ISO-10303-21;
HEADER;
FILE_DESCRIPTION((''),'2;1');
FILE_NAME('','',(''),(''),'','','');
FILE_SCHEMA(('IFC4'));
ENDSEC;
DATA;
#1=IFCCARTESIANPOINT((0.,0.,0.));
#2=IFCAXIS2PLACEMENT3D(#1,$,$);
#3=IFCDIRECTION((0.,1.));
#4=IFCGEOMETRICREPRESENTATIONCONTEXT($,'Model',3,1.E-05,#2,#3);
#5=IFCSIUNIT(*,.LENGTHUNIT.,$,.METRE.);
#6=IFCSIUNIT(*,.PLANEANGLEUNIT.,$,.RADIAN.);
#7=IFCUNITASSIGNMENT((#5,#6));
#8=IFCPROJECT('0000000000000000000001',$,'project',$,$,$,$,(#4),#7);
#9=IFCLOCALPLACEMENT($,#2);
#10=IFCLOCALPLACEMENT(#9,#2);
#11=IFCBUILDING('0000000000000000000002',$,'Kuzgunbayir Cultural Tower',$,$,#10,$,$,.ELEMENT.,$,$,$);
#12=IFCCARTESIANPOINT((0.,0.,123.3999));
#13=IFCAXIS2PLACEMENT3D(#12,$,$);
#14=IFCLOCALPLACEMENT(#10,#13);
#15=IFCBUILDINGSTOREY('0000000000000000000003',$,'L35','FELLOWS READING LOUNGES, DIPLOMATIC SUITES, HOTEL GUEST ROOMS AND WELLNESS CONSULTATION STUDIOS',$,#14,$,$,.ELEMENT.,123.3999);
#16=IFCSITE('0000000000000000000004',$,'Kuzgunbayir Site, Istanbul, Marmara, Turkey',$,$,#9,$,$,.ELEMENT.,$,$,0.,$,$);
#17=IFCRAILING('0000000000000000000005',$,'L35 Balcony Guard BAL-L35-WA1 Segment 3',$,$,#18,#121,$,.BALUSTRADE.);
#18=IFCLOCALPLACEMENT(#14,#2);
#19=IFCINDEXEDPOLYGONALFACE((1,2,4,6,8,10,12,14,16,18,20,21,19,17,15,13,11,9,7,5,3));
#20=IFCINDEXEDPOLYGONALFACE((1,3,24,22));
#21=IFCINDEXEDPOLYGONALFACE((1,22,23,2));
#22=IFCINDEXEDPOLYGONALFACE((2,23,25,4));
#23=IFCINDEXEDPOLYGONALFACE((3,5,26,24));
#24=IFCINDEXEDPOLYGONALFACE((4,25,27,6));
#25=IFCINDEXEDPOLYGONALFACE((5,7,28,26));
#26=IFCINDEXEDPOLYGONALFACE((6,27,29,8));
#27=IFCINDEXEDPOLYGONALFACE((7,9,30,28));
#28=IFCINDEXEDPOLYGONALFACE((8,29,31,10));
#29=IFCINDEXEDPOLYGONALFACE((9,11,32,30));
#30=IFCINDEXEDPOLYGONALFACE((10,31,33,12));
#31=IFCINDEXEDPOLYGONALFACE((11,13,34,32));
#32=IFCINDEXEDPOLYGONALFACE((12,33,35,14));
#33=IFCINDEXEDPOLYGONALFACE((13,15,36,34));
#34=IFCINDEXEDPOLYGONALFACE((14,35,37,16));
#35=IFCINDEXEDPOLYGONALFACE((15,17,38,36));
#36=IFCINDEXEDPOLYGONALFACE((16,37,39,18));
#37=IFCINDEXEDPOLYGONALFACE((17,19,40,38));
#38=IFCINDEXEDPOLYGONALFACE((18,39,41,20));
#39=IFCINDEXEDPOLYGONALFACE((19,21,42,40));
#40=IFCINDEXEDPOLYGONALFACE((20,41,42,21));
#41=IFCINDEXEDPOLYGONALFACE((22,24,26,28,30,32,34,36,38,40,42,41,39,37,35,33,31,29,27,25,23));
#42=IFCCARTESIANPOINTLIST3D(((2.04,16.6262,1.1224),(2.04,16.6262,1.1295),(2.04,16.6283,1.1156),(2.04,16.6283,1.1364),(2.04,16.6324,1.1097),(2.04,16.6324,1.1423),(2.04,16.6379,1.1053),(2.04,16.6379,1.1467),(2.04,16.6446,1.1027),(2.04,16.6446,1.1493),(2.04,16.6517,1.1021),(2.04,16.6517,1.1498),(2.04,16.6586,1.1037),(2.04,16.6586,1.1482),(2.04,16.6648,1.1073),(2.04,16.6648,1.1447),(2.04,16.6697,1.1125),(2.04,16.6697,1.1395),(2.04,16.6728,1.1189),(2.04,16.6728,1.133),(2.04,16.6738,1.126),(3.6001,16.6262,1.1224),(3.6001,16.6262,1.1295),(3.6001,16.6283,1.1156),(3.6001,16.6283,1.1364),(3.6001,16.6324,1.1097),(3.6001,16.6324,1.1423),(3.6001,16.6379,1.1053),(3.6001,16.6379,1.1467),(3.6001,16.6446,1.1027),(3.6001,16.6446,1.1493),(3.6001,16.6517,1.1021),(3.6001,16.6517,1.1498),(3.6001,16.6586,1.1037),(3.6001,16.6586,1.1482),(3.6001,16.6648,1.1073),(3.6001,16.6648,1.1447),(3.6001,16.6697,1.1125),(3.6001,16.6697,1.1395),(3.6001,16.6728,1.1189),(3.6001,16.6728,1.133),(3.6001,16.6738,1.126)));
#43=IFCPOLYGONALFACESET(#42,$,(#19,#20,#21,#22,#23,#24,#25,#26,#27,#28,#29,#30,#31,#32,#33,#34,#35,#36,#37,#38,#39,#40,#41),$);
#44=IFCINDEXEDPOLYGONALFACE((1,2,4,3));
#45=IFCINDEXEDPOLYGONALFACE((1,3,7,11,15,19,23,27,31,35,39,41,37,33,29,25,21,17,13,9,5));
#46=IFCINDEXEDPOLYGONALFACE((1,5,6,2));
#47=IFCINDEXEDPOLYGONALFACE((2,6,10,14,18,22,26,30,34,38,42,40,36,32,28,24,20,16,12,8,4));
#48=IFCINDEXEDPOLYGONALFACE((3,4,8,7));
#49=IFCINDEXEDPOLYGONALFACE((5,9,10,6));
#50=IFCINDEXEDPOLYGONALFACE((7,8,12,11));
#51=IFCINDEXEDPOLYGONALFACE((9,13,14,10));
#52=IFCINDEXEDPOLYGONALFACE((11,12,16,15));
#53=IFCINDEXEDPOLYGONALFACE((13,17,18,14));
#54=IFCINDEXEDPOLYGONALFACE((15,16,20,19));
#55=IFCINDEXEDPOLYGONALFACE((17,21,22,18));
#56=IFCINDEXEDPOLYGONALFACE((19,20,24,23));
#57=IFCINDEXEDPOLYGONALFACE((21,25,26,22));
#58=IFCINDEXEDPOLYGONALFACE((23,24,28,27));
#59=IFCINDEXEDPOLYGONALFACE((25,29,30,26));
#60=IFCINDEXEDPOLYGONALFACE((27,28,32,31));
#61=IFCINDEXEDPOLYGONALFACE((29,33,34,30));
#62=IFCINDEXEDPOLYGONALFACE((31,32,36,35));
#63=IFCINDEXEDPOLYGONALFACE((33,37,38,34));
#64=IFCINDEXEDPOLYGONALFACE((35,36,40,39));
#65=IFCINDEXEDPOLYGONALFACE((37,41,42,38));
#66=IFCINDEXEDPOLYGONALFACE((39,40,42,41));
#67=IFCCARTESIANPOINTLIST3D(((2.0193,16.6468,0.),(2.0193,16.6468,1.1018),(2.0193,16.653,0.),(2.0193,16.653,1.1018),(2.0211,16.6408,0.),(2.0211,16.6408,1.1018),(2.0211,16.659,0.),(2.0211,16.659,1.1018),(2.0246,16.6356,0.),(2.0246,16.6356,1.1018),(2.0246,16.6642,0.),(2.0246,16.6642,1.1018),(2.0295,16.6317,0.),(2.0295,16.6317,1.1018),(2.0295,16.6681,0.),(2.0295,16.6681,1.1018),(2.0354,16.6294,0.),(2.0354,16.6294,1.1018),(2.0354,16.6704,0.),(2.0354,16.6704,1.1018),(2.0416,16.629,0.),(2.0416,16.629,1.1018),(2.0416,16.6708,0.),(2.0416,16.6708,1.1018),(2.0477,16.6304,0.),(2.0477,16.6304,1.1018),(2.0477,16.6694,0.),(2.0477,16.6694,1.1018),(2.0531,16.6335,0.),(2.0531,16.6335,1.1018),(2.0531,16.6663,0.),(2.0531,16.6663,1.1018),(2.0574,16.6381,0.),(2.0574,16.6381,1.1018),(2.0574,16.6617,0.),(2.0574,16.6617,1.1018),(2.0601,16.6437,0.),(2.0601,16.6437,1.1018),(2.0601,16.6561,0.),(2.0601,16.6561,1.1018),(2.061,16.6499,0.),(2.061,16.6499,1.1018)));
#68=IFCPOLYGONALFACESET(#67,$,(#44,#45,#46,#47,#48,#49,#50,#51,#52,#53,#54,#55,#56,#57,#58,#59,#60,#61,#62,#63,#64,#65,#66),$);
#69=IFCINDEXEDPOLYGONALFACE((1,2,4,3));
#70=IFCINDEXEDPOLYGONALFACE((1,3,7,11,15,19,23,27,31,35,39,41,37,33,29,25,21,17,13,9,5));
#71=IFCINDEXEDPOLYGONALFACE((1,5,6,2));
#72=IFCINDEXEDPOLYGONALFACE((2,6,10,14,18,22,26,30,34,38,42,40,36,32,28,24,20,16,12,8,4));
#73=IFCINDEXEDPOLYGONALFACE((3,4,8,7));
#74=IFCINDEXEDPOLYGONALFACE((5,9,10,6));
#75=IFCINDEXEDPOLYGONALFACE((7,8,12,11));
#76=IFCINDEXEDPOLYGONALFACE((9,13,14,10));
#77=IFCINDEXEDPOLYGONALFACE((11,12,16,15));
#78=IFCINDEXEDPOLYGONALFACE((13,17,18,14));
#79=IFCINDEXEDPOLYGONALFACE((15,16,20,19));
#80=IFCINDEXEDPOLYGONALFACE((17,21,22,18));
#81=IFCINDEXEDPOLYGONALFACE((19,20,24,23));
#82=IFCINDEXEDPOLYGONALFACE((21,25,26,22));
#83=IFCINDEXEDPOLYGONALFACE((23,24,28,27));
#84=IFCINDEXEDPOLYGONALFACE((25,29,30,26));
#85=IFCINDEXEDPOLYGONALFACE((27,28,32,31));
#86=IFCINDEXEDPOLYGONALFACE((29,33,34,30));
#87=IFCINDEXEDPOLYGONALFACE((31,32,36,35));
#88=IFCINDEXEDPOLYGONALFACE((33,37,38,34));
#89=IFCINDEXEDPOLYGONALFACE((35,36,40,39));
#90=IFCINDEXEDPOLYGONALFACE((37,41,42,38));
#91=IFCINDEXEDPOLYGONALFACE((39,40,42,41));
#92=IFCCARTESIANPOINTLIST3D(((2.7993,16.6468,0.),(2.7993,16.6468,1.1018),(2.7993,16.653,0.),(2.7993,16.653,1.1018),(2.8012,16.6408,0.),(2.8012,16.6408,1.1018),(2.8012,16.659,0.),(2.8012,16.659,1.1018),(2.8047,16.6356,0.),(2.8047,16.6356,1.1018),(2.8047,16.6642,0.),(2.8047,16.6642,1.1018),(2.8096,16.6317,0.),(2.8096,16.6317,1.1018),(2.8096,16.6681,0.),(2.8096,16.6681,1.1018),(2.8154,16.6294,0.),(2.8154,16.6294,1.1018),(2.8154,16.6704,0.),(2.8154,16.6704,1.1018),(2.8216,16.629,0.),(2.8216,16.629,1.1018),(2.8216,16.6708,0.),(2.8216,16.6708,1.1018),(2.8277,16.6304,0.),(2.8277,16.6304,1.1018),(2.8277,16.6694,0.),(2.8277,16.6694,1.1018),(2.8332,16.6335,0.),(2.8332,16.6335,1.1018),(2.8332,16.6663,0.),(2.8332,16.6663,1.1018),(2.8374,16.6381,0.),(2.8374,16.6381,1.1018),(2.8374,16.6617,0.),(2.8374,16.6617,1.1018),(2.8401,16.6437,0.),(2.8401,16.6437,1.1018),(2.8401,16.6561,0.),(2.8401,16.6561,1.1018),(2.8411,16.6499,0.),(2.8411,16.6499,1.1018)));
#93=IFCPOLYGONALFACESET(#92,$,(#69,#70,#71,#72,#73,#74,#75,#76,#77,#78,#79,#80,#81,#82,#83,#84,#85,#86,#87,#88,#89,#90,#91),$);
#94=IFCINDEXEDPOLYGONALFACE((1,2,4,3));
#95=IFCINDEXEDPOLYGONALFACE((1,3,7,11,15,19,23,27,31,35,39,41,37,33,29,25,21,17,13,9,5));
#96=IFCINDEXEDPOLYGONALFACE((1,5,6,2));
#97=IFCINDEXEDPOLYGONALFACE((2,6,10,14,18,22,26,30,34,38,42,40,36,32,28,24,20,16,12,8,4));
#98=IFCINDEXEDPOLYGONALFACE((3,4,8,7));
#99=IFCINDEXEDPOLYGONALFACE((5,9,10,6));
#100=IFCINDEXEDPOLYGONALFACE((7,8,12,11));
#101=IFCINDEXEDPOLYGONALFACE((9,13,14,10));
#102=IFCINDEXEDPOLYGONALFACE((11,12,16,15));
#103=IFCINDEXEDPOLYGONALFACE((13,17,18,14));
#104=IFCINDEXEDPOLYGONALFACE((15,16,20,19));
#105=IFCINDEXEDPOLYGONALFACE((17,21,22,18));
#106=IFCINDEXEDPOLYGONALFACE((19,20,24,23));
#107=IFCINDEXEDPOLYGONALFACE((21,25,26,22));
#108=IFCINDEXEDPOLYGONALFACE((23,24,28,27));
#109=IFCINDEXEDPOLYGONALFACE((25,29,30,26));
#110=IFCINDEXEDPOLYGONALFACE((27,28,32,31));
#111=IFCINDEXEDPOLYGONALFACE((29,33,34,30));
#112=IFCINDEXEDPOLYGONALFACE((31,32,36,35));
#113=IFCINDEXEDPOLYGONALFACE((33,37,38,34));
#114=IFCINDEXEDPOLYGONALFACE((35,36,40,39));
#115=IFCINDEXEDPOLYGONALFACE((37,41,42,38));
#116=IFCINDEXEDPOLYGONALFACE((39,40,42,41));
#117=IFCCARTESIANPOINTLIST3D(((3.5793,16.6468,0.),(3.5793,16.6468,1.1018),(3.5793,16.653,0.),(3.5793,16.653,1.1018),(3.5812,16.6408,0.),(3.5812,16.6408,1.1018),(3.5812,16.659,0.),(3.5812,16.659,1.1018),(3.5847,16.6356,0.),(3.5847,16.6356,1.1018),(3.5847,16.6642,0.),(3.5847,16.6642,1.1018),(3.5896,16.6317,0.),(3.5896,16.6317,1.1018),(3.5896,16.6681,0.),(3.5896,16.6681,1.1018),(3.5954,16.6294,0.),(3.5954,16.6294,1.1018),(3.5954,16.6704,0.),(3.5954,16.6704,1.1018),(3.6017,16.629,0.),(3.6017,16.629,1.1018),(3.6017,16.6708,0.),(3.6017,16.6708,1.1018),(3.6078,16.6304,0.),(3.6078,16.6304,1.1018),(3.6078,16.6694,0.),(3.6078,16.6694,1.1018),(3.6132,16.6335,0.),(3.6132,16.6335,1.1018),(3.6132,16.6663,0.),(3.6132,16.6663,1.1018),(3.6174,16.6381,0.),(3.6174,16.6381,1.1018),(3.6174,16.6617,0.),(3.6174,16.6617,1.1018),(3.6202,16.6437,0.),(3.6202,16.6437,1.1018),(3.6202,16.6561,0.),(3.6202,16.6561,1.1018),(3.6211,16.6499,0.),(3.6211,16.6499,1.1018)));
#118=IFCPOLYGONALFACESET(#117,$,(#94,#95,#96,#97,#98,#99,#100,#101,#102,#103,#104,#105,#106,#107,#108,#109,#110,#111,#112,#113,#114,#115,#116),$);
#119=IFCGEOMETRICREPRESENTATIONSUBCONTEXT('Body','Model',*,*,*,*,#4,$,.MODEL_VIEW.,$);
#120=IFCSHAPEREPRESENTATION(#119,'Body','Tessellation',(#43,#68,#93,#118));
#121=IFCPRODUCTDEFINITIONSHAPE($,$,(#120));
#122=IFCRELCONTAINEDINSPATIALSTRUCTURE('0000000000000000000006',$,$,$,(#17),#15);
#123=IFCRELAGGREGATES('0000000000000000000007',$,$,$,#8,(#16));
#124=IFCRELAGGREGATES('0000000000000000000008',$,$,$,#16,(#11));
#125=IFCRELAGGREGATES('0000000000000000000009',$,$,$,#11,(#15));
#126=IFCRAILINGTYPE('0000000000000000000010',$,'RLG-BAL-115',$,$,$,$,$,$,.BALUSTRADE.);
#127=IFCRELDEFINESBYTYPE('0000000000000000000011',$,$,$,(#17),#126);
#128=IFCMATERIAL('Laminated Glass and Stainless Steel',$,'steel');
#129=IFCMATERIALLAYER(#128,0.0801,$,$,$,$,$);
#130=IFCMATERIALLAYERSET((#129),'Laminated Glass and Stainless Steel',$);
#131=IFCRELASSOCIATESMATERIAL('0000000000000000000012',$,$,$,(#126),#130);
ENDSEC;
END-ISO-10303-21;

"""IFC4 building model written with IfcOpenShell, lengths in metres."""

from ifc_helpers import new_model, si_unit, direction, frame, origin, origin_2d, place, context, subcontext, project, spatial, circle, extrude, material, layer, layer_set, type_object, element, save


model = new_model("IFC4")

# Units and contexts
model_context = context("Model", 3, precision=1e-05, world=origin(), true_north=direction((0.0, 1.0)))
body_context = subcontext(model_context, "Body", "Model", "MODEL_VIEW")
ifc_project = project(units=[si_unit("LENGTHUNIT", "METRE"), si_unit("PLANEANGLEUNIT", "RADIAN")], contexts=[model_context])

# Site, building, storey
site_placement = place(None, origin())
site = spatial("IfcSite", under=ifc_project, at=site_placement, Name="Kuzgunbayir Site, Istanbul, Marmara, Turkey", CompositionType="ELEMENT", RefElevation=0.0)
building_placement = place(site_placement, origin())
building = spatial("IfcBuilding", under=site, at=building_placement, Name="Kuzgunbayir Cultural Tower", CompositionType="ELEMENT")
storey_placement = place(building_placement, frame((0.0, 0.0, 123.3999)))
storey = spatial("IfcBuildingStorey", under=building, at=storey_placement, Name="L35", Description="FELLOWS READING LOUNGES, DIPLOMATIC SUITES, HOTEL GUEST ROOMS AND WELLNESS CONSULTATION STUDIOS", CompositionType="ELEMENT", Elevation=123.3999)

# Railing
ifc_material_1 = material(Name="Laminated Glass and Stainless Steel", Category="steel")
ifc_layer_1 = layer(ifc_material_1, 0.0801)
ifc_layer_set_1 = layer_set([ifc_layer_1], Name="Laminated Glass and Stainless Steel")
railing_type = type_object("IfcRailingType", Name="RLG-BAL-115", PredefinedType="BALUSTRADE", material=ifc_layer_set_1)
railing_1_placement = place(storey_placement, frame((2.04, 16.6499, 0.0)))
element("IfcRailing", 1, at=railing_1_placement, inside=storey, type_object=railing_type, Name="L35 Balcony Guard BAL-L35-WA1 Segment 3", PredefinedType="BALUSTRADE", context=body_context, shape_type="SweptSolid", body=[
    extrude(circle(Radius=0.0239, at=origin_2d()), frame((0.0, 0.0, 1.126), z_axis=(1.0, 0.0, 0.0), x_axis=(0.0, 1.0, 0.0)), (0.0, 0.0, 1.0), 1.5601),
    extrude(circle(Radius=0.021, at=origin_2d()), origin(), (0.0, 0.0, 1.0), 1.1018),
    extrude(circle(Radius=0.021, at=origin_2d()), frame((0.78, 0.0, 0.0)), (0.0, 0.0, 1.0), 1.1018),
    extrude(circle(Radius=0.021, at=origin_2d()), frame((1.5601, 0.0, 0.0)), (0.0, 0.0, 1.0), 1.1018),
])

save(model, "model.ifc")
